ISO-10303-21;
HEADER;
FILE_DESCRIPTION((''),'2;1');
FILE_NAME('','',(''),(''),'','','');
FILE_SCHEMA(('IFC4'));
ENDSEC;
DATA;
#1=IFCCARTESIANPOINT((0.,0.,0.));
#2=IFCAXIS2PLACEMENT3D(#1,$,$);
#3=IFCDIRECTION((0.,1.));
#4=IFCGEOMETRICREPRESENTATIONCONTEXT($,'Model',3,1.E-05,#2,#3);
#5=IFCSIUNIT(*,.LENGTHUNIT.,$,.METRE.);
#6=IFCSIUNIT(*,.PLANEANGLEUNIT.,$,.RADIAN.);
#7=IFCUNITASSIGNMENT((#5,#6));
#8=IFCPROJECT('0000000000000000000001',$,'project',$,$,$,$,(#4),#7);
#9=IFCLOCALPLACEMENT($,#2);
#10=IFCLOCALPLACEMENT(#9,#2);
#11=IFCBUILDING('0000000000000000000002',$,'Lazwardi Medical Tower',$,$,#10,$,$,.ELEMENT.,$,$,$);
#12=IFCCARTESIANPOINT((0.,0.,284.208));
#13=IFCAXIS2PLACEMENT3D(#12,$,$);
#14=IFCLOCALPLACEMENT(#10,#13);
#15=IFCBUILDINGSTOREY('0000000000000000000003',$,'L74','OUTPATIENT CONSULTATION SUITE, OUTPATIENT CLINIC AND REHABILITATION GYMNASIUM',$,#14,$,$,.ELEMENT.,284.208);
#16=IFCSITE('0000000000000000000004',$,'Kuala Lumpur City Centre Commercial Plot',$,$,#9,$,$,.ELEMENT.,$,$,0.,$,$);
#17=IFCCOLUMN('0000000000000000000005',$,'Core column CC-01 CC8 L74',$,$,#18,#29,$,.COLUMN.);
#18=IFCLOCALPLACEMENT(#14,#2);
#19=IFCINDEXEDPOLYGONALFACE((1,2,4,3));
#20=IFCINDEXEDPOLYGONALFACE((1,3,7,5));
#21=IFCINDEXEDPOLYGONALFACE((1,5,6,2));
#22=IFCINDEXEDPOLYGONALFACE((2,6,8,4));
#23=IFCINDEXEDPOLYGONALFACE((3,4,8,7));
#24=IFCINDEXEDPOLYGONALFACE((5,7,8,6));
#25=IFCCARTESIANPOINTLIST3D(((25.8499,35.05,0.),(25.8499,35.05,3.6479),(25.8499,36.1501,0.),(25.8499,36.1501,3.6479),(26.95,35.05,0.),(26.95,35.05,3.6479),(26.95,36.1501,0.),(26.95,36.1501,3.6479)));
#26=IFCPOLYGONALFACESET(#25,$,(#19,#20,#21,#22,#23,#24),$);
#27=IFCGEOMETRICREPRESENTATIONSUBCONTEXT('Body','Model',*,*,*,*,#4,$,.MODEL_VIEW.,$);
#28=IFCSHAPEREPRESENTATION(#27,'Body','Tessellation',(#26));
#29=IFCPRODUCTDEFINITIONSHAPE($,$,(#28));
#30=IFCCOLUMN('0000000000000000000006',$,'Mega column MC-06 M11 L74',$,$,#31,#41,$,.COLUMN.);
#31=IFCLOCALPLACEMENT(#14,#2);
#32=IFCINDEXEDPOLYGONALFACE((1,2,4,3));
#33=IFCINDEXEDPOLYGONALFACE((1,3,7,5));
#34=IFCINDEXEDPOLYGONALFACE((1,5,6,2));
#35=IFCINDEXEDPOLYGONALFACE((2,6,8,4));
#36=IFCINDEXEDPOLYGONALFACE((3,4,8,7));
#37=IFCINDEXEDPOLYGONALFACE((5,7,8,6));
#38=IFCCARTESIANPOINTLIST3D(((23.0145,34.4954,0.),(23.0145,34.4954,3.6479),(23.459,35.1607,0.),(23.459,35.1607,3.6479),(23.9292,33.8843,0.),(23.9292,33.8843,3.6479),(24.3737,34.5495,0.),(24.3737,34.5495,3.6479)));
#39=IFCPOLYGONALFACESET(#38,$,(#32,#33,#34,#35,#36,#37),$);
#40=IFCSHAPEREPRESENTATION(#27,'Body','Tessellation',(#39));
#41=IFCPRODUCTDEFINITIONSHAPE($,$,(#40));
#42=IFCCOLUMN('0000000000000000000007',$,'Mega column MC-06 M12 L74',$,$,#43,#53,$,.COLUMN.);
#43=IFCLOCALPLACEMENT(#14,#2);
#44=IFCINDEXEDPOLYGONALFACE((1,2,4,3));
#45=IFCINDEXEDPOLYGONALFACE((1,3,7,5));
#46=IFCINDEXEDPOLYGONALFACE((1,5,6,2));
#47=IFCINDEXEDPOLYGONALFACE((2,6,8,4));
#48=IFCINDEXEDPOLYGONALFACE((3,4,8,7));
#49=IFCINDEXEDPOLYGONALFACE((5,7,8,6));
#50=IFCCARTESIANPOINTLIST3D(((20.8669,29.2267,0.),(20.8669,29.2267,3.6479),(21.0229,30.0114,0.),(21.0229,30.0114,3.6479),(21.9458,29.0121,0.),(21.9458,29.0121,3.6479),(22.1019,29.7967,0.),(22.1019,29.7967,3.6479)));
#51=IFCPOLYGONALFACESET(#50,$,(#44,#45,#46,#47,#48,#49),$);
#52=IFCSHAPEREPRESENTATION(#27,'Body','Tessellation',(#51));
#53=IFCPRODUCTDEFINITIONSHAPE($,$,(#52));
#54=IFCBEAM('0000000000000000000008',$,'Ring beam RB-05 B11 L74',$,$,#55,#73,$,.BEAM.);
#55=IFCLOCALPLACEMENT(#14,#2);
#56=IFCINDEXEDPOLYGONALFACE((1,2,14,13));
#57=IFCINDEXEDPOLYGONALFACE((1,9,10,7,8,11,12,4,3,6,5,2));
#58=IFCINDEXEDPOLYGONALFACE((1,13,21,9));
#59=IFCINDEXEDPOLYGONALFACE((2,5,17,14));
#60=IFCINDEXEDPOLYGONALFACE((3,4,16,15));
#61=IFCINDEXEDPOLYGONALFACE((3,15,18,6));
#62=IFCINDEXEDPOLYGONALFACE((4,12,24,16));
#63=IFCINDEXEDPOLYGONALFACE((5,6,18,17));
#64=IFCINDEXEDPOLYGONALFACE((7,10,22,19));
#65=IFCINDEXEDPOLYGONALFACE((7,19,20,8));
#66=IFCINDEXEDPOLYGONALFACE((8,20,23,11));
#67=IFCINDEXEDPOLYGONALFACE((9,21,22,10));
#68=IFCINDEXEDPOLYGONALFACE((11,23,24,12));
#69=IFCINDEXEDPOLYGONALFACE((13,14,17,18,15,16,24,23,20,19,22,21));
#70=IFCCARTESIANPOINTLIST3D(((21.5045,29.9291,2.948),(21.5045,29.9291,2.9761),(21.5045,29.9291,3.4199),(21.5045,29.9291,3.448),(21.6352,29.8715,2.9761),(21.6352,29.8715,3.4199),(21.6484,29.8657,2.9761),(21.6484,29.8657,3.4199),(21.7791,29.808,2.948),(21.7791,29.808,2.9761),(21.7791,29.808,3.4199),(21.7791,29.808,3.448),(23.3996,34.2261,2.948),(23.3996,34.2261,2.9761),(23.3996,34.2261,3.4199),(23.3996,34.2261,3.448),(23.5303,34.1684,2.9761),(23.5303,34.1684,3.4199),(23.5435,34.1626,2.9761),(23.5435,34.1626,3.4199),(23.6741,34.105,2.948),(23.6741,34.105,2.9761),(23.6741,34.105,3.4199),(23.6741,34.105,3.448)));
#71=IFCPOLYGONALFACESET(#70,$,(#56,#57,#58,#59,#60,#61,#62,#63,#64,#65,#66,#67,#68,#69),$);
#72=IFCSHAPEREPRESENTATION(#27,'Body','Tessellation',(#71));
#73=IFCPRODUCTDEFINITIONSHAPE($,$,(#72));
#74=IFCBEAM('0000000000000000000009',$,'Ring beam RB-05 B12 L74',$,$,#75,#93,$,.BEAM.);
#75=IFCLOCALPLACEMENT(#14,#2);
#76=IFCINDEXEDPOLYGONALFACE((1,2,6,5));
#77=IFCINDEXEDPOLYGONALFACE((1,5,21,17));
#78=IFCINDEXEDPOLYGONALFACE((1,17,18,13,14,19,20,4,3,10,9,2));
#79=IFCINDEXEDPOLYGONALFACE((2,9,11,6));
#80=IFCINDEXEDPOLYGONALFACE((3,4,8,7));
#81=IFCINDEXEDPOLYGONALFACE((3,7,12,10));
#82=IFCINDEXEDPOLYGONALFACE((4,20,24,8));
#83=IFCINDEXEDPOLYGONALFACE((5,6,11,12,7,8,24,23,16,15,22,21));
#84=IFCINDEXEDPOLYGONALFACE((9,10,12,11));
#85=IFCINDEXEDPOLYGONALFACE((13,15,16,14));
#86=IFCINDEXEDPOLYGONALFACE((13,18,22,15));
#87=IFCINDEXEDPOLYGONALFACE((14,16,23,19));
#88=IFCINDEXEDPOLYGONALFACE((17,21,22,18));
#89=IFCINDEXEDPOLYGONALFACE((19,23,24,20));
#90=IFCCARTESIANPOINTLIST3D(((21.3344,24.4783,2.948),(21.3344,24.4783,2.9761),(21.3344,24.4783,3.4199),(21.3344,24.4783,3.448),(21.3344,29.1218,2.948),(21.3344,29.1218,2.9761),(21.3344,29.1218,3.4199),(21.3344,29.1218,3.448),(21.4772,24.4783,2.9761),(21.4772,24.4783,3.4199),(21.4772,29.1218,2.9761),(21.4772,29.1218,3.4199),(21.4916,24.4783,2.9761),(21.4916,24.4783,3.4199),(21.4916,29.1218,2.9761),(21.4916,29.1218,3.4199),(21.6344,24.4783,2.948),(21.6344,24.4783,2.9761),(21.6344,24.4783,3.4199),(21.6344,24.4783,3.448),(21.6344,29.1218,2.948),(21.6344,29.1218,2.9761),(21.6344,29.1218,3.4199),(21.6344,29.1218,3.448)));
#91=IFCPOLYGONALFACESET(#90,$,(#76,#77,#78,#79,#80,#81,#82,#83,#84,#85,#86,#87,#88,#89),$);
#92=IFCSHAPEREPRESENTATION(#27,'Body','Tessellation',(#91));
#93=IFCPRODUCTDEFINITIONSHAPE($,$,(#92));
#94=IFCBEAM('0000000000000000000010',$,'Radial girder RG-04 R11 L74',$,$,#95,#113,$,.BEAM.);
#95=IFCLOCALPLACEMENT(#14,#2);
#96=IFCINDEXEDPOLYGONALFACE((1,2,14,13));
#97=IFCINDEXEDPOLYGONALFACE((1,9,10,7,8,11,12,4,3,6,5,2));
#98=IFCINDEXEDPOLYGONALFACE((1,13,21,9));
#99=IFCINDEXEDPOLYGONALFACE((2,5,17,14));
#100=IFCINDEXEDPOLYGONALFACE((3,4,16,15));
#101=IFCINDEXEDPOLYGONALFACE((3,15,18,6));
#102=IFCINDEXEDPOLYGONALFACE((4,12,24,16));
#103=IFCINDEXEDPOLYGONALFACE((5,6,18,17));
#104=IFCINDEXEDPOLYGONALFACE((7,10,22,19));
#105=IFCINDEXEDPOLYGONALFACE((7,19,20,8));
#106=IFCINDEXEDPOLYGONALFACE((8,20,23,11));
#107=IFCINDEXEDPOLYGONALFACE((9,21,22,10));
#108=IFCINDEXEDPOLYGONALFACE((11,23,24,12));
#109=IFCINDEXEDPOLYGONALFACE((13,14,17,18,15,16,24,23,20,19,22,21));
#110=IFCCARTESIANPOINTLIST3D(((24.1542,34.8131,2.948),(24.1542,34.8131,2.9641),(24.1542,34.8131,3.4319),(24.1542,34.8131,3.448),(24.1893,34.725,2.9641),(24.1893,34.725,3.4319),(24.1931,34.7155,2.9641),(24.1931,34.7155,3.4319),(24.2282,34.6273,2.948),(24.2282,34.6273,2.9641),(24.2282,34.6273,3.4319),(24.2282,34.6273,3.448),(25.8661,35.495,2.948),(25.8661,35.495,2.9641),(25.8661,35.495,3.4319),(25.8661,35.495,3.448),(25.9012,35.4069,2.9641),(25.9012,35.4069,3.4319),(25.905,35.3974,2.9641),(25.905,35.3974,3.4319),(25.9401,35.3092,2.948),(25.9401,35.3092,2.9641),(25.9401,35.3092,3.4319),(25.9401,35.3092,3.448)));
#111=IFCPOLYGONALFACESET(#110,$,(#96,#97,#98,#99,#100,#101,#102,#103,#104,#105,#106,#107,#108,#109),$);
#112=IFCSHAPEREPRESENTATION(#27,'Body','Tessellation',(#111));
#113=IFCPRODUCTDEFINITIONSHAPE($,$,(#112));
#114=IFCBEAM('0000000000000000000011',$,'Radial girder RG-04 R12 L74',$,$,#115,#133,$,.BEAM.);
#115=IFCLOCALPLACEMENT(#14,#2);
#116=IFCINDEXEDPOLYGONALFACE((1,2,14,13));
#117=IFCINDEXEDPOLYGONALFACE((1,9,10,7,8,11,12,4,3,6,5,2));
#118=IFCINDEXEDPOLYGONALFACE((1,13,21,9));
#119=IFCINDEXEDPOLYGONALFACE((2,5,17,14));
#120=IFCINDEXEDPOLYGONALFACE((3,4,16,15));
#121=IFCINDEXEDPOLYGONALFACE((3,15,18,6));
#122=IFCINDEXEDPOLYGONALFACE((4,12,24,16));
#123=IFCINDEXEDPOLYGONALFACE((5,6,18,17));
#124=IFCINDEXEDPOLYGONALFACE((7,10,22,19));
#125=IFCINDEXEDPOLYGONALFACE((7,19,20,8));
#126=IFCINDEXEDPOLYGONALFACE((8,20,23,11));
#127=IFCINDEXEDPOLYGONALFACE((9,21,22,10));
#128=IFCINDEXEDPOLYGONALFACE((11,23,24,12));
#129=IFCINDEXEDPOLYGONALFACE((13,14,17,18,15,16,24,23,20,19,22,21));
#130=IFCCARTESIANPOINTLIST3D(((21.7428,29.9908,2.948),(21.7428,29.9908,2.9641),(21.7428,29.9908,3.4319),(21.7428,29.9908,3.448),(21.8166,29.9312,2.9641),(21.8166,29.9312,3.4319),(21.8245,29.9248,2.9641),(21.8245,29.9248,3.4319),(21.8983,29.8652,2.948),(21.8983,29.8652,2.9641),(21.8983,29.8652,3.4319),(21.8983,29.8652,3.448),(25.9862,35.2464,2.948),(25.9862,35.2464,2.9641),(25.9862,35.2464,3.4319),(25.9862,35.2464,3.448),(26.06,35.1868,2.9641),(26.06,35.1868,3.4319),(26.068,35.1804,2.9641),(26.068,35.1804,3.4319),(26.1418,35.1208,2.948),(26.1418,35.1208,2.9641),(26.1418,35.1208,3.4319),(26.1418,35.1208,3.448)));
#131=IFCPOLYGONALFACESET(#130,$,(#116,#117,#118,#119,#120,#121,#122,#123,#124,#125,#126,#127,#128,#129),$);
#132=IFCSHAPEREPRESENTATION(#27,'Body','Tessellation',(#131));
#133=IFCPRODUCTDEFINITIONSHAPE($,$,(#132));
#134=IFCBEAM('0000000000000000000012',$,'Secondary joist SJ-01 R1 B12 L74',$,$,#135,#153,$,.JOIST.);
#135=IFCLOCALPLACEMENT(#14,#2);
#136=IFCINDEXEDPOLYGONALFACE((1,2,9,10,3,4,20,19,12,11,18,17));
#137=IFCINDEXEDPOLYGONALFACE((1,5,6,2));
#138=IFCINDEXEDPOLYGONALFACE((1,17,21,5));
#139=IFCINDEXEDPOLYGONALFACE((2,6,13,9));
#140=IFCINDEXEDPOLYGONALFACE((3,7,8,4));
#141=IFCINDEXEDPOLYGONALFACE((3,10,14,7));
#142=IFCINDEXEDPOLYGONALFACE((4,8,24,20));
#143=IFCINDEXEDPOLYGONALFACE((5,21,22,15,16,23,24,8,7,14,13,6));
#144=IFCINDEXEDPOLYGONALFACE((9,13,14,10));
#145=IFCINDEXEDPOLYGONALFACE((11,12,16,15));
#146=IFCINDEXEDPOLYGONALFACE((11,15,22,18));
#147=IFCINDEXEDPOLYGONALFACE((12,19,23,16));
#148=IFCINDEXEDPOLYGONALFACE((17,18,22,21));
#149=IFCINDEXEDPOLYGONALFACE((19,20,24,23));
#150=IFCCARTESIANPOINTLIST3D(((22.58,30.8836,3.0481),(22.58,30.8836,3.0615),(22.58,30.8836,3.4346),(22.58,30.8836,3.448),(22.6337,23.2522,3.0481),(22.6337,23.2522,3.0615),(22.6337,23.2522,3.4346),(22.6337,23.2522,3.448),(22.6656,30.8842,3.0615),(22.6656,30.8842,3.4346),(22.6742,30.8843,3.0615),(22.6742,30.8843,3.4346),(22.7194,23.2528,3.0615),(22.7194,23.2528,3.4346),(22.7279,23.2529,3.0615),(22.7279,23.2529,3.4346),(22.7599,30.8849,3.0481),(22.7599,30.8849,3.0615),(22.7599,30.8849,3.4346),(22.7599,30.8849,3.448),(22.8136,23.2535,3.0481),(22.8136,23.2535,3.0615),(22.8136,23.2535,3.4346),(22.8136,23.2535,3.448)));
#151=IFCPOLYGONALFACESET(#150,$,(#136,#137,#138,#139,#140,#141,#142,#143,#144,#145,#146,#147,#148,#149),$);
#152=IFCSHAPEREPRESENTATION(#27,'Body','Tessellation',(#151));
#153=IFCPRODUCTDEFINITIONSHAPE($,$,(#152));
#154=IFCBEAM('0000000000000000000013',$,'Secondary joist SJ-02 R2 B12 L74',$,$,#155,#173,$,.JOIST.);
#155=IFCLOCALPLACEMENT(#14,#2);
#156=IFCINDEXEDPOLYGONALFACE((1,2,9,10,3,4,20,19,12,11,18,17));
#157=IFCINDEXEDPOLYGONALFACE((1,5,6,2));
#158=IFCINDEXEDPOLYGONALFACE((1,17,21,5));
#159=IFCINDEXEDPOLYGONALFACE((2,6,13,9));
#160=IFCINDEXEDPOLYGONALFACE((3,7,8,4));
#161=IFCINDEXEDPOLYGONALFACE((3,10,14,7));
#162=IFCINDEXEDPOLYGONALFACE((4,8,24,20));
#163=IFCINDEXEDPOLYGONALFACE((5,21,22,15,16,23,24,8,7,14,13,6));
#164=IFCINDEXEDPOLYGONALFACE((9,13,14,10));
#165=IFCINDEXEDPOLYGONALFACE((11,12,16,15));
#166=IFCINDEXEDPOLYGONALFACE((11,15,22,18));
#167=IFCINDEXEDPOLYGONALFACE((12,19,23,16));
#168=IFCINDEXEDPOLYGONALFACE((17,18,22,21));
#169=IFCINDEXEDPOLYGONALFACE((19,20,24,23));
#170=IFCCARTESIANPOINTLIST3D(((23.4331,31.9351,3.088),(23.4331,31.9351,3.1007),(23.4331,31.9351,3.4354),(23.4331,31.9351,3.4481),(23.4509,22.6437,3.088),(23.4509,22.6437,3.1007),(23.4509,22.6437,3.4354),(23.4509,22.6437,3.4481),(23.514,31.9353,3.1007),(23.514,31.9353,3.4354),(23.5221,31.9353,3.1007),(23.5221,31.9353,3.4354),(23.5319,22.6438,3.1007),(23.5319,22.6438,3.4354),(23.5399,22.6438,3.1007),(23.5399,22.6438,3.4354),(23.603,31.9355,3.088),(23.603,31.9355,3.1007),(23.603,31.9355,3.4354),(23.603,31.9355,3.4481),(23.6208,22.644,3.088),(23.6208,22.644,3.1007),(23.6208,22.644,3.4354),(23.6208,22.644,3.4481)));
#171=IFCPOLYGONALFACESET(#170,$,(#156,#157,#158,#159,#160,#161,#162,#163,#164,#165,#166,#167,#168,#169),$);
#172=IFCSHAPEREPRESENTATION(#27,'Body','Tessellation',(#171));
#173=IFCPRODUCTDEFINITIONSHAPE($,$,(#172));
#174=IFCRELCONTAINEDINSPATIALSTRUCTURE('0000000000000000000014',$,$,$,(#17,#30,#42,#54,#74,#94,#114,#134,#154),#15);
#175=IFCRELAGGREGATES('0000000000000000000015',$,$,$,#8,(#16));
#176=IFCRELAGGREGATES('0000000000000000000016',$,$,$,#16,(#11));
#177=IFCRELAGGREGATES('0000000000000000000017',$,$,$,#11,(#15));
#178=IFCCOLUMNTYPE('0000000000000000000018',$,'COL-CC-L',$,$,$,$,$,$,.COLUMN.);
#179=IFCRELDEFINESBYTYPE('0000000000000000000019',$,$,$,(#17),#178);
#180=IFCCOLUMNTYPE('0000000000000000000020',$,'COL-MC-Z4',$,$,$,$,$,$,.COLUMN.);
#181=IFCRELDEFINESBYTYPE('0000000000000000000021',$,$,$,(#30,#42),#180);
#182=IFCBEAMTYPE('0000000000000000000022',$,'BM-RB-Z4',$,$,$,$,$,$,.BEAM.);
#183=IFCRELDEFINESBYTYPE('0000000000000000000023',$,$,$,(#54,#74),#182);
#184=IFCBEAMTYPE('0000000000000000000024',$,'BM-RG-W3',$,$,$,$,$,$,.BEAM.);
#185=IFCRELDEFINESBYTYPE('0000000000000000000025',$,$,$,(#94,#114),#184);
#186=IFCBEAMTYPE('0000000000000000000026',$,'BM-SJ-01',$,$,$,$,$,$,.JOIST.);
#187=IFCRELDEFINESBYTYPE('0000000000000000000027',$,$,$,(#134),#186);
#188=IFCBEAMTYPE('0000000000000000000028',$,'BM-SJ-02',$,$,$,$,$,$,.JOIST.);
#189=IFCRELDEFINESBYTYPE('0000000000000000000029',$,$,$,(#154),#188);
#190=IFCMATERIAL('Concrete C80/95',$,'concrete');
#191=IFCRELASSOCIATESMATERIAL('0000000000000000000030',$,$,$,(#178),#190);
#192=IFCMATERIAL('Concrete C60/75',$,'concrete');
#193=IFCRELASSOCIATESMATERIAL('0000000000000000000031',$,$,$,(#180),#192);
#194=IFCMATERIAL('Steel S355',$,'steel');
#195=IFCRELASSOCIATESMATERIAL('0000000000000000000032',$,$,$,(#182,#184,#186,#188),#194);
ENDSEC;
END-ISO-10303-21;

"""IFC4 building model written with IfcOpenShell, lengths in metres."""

from ifc_helpers import new_model, si_unit, direction, frame, origin, origin_2d, place, context, subcontext, project, spatial, rectangle, i_section, extrude, material, material_profile, profile_set, type_object, element, save


model = new_model("IFC4")

# Units and contexts
model_context = context("Model", 3, precision=1e-05, world=origin(), true_north=direction((0.0, 1.0)))
body_context = subcontext(model_context, "Body", "Model", "MODEL_VIEW")
ifc_project = project(units=[si_unit("LENGTHUNIT", "METRE"), si_unit("PLANEANGLEUNIT", "RADIAN")], contexts=[model_context])

# Site, building, storey
site_placement = place(None, origin())
site = spatial("IfcSite", under=ifc_project, at=site_placement, Name="Kuala Lumpur City Centre Commercial Plot", CompositionType="ELEMENT", RefElevation=0.0)
building_placement = place(site_placement, origin())
building = spatial("IfcBuilding", under=site, at=building_placement, Name="Lazwardi Medical Tower", CompositionType="ELEMENT")
storey_placement = place(building_placement, frame((0.0, 0.0, 284.208)))
storey = spatial("IfcBuildingStorey", under=building, at=storey_placement, Name="L74", Description="OUTPATIENT CONSULTATION SUITE, OUTPATIENT CLINIC AND REHABILITATION GYMNASIUM", CompositionType="ELEMENT", Elevation=284.208)

# Columns
ifc_material_1 = material(Name="Concrete C80/95", Category="concrete")
ifc_material_profile_1 = material_profile(ifc_material_1, rectangle(XDim=1.1001, YDim=1.1001, at=origin_2d()), Name="RC 1100x1100")
ifc_profile_set_1 = profile_set([ifc_material_profile_1], Name="Concrete C80/95")
column_type_1 = type_object("IfcColumnType", Name="COL-CC-L", PredefinedType="COLUMN", material=ifc_profile_set_1)
column_placement = place(storey_placement, frame((26.3999, 35.6001, 0.0), z_axis=(0.0, 0.0, 1.0), x_axis=(1.0, 0.0, 0.0)))
element("IfcColumn", 1, at=column_placement, inside=storey, type_object=column_type_1, Name="Core column CC-01 CC8 L74", PredefinedType="COLUMN", context=body_context, shape_type="SweptSolid", body=[
    extrude(rectangle(XDim=1.1001, YDim=1.1001, at=origin_2d()), origin(), (0.0, 0.0, 1.0), 3.6479),
])
ifc_material_2 = material(Name="Concrete C60/75", Category="concrete")
ifc_material_profile_2 = material_profile(ifc_material_2, rectangle(XDim=1.1001, YDim=0.8, at=origin_2d()), Name="CFT-RECT 1100x800")
ifc_profile_set_2 = profile_set([ifc_material_profile_2], Name="Concrete C60/75")
column_type_2 = type_object("IfcColumnType", Name="COL-MC-Z4", PredefinedType="COLUMN", material=ifc_profile_set_2)
for number, where, z_axis, x_axis, name in (
    (2, (23.6941, 34.5225, 0.0), (0.0, 0.0, 1.0), (-0.83147, 0.55557, 0.0), "Mega column MC-06 M11 L74"),
    (3, (21.4844, 29.5117, 0.0), (0.0, 0.0, 1.0), (-0.980785, 0.19509, 0.0), "Mega column MC-06 M12 L74"),
):
    element("IfcColumn", number, at=place(storey_placement, frame(where, z_axis=z_axis, x_axis=x_axis)), inside=storey, type_object=column_type_2, Name=name, PredefinedType="COLUMN", context=body_context, shape_type="SweptSolid", body=[
        extrude(rectangle(XDim=1.1001, YDim=0.8, at=origin_2d()), origin(), (0.0, 0.0, 1.0), 3.6479),
    ])

# Beams
ifc_material_3 = material(Name="Steel S355", Category="steel")
ifc_material_profile_3 = material_profile(ifc_material_3, i_section(OverallWidth=0.3, OverallDepth=0.5, WebThickness=0.0144, FlangeThickness=0.0281, at=origin_2d()), Name="HEB 500")
ifc_profile_set_3 = profile_set([ifc_material_profile_3], Name="Steel S355")
beam_type_1 = type_object("IfcBeamType", Name="BM-RB-Z4", PredefinedType="BEAM", material=ifc_profile_set_3)
beam_1_placement = place(storey_placement, frame((23.5369, 34.1655, 3.198), z_axis=(-0.403522, -0.91497, 0.0), x_axis=(0.91497, -0.403522, 0.0)))
element("IfcBeam", 4, at=beam_1_placement, inside=storey, type_object=beam_type_1, Name="Ring beam RB-05 B11 L74", PredefinedType="BEAM", context=body_context, shape_type="SweptSolid", body=[
    extrude(i_section(OverallWidth=0.3, OverallDepth=0.5, WebThickness=0.0144, FlangeThickness=0.0281, at=origin_2d()), origin(), (0.0, 0.0, 1.0), 4.6963),
])
beam_2_placement = place(storey_placement, frame((21.4844, 29.1218, 3.198), z_axis=(0.0, -1.0, 0.0), x_axis=(1.0, 0.0, 0.0)))
element("IfcBeam", 5, at=beam_2_placement, inside=storey, type_object=beam_type_1, Name="Ring beam RB-05 B12 L74", PredefinedType="BEAM", context=body_context, shape_type="SweptSolid", body=[
    extrude(i_section(OverallWidth=0.3, OverallDepth=0.5, WebThickness=0.0144, FlangeThickness=0.0281, at=origin_2d()), origin(), (0.0, 0.0, 1.0), 4.6436),
])
ifc_material_profile_4 = material_profile(ifc_material_3, i_section(OverallWidth=0.2, OverallDepth=0.5, WebThickness=0.0103, FlangeThickness=0.0161, at=origin_2d()), Name="IPE 500")
ifc_profile_set_4 = profile_set([ifc_material_profile_4], Name="Steel S355")
beam_type_2 = type_object("IfcBeamType", Name="BM-RG-W3", PredefinedType="BEAM", material=ifc_profile_set_4)
beam_3_placement = place(storey_placement, frame((24.1912, 34.7202, 3.198), z_axis=(0.929015, 0.370043, 0.0), x_axis=(-0.370043, 0.929015, 0.0)))
element("IfcBeam", 6, at=beam_3_placement, inside=storey, type_object=beam_type_2, Name="Radial girder RG-04 R11 L74", PredefinedType="BEAM", context=body_context, shape_type="SweptSolid", body=[
    extrude(i_section(OverallWidth=0.2, OverallDepth=0.5, WebThickness=0.0103, FlangeThickness=0.0161, at=origin_2d()), origin(), (0.0, 0.0, 1.0), 1.8428),
])
beam_4_placement = place(storey_placement, frame((21.8206, 29.928, 3.198), z_axis=(0.628202, 0.778051, 0.0), x_axis=(-0.778051, 0.628202, 0.0)))
element("IfcBeam", 7, at=beam_4_placement, inside=storey, type_object=beam_type_2, Name="Radial girder RG-04 R12 L74", PredefinedType="BEAM", context=body_context, shape_type="SweptSolid", body=[
    extrude(i_section(OverallWidth=0.2, OverallDepth=0.5, WebThickness=0.0103, FlangeThickness=0.0161, at=origin_2d()), origin(), (0.0, 0.0, 1.0), 6.7549),
])
ifc_material_profile_5 = material_profile(ifc_material_3, i_section(OverallWidth=0.1799, OverallDepth=0.3999, WebThickness=0.0085, FlangeThickness=0.0134, at=origin_2d()), Name="IPE 400")
ifc_profile_set_5 = profile_set([ifc_material_profile_5], Name="Steel S355")
beam_type_3 = type_object("IfcBeamType", Name="BM-SJ-01", PredefinedType="JOIST", material=ifc_profile_set_5)
beam_5_placement = place(storey_placement, frame((22.6699, 30.8843, 3.248), z_axis=(0.007038, -0.999975, 0.0), x_axis=(0.999975, 0.007038, 0.0)))
element("IfcBeam", 8, at=beam_5_placement, inside=storey, type_object=beam_type_3, Name="Secondary joist SJ-01 R1 B12 L74", PredefinedType="JOIST", context=body_context, shape_type="SweptSolid", body=[
    extrude(i_section(OverallWidth=0.1799, OverallDepth=0.3999, WebThickness=0.0085, FlangeThickness=0.0134, at=origin_2d()), origin(), (0.0, 0.0, 1.0), 7.6316),
])
ifc_material_profile_6 = material_profile(ifc_material_3, i_section(OverallWidth=0.1699, OverallDepth=0.3601, WebThickness=0.0081, FlangeThickness=0.0127, at=origin_2d()), Name="IPE 360")
ifc_profile_set_6 = profile_set([ifc_material_profile_6], Name="Steel S355")
beam_type_4 = type_object("IfcBeamType", Name="BM-SJ-02", PredefinedType="JOIST", material=ifc_profile_set_6)
beam_6_placement = place(storey_placement, frame((23.5181, 31.9353, 3.2681), z_axis=(0.001918, -0.999998, 0.0), x_axis=(0.999998, 0.001918, 0.0)))
element("IfcBeam", 9, at=beam_6_placement, inside=storey, type_object=beam_type_4, Name="Secondary joist SJ-02 R2 B12 L74", PredefinedType="JOIST", context=body_context, shape_type="SweptSolid", body=[
    extrude(i_section(OverallWidth=0.1699, OverallDepth=0.3601, WebThickness=0.0081, FlangeThickness=0.0127, at=origin_2d()), origin(), (0.0, 0.0, 1.0), 9.2915),
])

save(model, "model.ifc")
